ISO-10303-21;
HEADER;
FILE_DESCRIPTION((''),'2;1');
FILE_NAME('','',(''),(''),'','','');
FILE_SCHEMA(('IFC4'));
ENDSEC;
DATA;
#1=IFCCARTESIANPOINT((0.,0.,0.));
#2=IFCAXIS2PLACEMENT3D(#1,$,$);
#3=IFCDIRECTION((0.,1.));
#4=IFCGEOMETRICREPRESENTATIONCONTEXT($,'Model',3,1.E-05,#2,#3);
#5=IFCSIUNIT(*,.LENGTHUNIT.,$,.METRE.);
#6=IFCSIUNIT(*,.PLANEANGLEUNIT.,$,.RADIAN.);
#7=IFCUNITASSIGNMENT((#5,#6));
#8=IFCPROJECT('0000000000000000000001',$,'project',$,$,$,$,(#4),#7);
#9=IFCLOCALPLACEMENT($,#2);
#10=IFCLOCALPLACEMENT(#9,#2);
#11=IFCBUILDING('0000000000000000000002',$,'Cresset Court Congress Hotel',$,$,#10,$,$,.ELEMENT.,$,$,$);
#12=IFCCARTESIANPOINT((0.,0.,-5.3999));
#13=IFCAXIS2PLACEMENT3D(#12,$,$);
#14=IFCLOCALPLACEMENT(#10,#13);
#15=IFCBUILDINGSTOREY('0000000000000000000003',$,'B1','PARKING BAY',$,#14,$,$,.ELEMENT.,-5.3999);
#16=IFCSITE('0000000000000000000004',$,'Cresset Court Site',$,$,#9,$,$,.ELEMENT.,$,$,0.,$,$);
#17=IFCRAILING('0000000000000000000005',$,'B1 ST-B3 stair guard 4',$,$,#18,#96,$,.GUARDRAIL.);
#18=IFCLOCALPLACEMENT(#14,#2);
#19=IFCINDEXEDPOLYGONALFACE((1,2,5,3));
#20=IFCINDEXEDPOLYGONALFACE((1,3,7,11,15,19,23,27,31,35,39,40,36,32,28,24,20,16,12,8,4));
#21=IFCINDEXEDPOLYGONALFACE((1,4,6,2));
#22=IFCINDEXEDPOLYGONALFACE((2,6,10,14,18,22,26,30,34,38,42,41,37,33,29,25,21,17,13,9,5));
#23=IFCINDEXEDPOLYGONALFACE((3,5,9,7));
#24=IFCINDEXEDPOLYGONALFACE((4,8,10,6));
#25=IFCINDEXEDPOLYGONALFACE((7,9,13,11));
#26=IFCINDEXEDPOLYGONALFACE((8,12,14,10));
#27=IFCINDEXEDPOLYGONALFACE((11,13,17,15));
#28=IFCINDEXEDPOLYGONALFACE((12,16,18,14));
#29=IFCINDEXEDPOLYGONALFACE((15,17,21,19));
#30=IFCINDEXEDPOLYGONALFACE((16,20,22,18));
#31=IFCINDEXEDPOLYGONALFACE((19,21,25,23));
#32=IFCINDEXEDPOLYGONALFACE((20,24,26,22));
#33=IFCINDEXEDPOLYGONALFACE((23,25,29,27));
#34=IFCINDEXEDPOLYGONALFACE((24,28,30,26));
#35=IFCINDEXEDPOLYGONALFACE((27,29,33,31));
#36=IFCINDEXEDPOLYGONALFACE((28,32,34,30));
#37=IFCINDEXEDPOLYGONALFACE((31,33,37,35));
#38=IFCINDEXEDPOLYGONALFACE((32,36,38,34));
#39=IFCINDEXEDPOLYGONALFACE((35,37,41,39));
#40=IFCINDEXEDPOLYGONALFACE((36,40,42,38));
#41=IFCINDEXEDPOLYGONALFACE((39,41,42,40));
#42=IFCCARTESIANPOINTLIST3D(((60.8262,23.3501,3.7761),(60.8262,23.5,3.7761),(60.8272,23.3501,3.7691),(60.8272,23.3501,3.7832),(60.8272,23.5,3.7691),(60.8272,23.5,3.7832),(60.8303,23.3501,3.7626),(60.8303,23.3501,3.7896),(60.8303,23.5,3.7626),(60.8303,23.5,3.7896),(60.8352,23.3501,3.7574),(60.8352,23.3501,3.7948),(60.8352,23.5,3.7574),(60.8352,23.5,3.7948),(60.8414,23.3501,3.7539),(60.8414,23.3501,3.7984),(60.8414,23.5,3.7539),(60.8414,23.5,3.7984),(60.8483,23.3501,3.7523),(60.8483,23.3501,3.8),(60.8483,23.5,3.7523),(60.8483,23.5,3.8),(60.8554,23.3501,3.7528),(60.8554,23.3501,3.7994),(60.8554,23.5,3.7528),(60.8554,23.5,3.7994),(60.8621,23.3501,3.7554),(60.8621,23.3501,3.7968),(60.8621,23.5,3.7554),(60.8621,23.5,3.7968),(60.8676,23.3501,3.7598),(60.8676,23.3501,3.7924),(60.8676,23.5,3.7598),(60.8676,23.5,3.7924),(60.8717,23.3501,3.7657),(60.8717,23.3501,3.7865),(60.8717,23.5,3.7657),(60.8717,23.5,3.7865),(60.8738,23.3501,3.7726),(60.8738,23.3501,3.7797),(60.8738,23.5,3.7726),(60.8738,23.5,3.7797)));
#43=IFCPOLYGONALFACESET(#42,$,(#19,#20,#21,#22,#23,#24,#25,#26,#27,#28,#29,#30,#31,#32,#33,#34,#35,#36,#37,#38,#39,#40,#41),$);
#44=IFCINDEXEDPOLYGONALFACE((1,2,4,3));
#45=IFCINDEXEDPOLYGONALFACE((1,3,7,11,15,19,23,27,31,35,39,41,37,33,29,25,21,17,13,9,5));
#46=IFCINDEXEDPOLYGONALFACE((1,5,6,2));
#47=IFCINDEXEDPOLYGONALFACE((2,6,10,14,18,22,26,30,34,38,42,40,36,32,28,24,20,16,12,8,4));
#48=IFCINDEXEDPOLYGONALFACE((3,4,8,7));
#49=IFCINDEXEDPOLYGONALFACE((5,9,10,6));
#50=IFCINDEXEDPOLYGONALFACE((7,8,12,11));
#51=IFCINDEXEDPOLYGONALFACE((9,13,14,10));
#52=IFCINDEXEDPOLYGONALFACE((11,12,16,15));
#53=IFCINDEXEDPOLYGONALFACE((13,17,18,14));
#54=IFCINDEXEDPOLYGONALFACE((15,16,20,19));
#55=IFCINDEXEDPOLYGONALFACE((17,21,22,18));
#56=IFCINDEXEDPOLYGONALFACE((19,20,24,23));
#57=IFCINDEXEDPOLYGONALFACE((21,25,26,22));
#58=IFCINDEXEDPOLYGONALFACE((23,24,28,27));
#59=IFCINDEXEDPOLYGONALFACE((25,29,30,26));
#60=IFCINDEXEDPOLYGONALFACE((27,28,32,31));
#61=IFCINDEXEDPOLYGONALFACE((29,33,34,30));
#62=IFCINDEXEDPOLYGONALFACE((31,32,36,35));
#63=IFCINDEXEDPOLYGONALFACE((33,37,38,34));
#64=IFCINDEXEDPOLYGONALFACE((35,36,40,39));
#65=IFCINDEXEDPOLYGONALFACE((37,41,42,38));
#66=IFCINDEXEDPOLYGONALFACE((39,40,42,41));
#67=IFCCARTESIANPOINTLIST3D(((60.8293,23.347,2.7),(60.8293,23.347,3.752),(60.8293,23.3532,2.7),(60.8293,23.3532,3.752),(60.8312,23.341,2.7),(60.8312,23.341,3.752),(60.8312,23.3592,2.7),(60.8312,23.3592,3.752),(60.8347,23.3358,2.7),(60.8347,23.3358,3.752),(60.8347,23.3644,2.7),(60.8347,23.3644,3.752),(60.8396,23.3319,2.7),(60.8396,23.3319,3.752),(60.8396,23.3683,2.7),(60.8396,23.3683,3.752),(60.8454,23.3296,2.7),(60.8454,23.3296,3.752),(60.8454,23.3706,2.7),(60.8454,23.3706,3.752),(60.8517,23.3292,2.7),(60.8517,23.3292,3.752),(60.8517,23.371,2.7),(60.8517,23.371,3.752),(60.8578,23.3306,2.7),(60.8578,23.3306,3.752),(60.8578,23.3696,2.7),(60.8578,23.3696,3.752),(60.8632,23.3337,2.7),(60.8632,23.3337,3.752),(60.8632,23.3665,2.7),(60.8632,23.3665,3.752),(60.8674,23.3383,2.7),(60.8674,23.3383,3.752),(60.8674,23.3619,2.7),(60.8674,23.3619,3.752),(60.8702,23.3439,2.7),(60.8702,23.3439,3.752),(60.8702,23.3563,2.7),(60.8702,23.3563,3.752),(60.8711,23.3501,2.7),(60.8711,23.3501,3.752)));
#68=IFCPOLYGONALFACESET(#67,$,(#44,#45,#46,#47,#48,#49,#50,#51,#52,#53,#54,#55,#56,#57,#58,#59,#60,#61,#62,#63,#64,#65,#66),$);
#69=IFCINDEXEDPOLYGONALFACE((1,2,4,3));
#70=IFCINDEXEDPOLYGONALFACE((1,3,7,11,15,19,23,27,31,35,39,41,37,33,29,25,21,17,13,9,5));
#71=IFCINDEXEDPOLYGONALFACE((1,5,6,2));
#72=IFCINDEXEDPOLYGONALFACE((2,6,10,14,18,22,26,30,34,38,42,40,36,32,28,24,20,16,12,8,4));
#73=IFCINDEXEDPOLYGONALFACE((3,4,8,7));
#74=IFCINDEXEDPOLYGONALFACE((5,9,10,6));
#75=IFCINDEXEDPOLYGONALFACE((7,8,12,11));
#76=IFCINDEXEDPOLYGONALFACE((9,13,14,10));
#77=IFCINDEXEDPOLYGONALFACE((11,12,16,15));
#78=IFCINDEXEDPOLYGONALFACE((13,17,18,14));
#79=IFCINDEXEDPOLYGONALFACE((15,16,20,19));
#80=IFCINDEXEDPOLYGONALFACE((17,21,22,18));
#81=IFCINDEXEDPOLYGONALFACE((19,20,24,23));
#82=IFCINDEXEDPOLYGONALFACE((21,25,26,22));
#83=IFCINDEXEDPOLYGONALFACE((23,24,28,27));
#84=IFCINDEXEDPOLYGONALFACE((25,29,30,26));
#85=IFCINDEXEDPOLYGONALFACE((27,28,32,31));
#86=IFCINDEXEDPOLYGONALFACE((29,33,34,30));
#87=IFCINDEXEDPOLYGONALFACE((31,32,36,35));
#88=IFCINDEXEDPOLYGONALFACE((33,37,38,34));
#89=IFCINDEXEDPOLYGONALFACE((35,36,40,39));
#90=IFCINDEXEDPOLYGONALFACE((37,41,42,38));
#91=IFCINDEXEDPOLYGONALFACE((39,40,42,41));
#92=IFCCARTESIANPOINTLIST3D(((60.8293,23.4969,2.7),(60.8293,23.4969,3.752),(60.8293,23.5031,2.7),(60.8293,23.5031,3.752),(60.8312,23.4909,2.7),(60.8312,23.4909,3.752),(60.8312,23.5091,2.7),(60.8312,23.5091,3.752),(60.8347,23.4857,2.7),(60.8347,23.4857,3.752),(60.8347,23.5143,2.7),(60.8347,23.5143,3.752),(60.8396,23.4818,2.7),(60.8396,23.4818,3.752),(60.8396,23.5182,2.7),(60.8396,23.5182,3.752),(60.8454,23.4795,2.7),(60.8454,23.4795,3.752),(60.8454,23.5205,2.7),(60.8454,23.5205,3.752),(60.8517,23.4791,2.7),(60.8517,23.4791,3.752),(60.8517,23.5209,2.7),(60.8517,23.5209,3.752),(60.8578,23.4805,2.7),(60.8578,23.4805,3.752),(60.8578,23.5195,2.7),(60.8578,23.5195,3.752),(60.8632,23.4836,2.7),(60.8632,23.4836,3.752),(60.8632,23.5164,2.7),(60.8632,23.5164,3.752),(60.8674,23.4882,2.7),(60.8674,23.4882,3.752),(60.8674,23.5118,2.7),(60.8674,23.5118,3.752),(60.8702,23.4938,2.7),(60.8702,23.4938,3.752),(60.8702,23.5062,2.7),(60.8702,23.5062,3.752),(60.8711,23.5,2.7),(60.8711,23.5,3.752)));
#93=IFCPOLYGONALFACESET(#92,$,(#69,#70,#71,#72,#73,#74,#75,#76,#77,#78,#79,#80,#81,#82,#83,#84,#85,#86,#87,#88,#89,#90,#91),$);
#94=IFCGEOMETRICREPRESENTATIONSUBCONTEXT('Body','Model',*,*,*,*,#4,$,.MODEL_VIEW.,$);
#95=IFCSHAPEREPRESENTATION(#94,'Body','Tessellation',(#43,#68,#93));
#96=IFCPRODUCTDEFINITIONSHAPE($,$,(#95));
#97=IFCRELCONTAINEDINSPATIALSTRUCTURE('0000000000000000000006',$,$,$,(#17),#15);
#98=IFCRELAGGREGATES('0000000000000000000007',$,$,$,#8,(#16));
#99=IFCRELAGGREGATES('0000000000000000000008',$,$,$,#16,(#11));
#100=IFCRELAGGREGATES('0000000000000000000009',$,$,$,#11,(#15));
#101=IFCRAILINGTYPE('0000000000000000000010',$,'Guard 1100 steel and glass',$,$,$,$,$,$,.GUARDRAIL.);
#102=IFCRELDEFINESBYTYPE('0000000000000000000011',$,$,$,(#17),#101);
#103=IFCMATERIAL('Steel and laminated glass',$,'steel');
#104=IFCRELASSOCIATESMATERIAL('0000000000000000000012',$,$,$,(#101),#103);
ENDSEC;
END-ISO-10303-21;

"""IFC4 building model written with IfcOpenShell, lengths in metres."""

from ifc_helpers import new_model, si_unit, direction, frame, origin, origin_2d, place, context, subcontext, project, spatial, circle, extrude, material, type_object, element, save


model = new_model("IFC4")

# Units and contexts
model_context = context("Model", 3, precision=1e-05, world=origin(), true_north=direction((0.0, 1.0)))
body_context = subcontext(model_context, "Body", "Model", "MODEL_VIEW")
ifc_project = project(units=[si_unit("LENGTHUNIT", "METRE"), si_unit("PLANEANGLEUNIT", "RADIAN")], contexts=[model_context])

# Site, building, storey
site_placement = place(None, origin())
site = spatial("IfcSite", under=ifc_project, at=site_placement, Name="Cresset Court Site", CompositionType="ELEMENT", RefElevation=0.0)
building_placement = place(site_placement, origin())
building = spatial("IfcBuilding", under=site, at=building_placement, Name="Cresset Court Congress Hotel", CompositionType="ELEMENT")
storey_placement = place(building_placement, frame((0.0, 0.0, -5.3999)))
storey = spatial("IfcBuildingStorey", under=building, at=storey_placement, Name="B1", Description="PARKING BAY", CompositionType="ELEMENT", Elevation=-5.3999)

# Railing
ifc_material_1 = material(Name="Steel and laminated glass", Category="steel")
railing_type_1 = type_object("IfcRailingType", Name="Guard 1100 steel and glass", PredefinedType="GUARDRAIL", material=ifc_material_1)
railing_1_placement = place(storey_placement, frame((60.8501, 23.3501, 2.7)))
element("IfcRailing", 1, at=railing_1_placement, inside=storey, type_object=railing_type_1, Name="B1 ST-B3 stair guard 4", PredefinedType="GUARDRAIL", context=body_context, shape_type="SweptSolid", body=[
    extrude(circle(Radius=0.0239, at=origin_2d()), frame((0.0, 0.0, 1.0762), z_axis=(0.0, 1.0, 0.0), x_axis=(-1.0, 0.0, 0.0)), (0.0, 0.0, 1.0), 0.1499),
    extrude(circle(Radius=0.021, at=origin_2d()), origin(), (0.0, 0.0, 1.0), 1.052),
    extrude(circle(Radius=0.021, at=origin_2d()), frame((0.0, 0.1499, 0.0)), (0.0, 0.0, 1.0), 1.052),
])

save(model, "model.ifc")
